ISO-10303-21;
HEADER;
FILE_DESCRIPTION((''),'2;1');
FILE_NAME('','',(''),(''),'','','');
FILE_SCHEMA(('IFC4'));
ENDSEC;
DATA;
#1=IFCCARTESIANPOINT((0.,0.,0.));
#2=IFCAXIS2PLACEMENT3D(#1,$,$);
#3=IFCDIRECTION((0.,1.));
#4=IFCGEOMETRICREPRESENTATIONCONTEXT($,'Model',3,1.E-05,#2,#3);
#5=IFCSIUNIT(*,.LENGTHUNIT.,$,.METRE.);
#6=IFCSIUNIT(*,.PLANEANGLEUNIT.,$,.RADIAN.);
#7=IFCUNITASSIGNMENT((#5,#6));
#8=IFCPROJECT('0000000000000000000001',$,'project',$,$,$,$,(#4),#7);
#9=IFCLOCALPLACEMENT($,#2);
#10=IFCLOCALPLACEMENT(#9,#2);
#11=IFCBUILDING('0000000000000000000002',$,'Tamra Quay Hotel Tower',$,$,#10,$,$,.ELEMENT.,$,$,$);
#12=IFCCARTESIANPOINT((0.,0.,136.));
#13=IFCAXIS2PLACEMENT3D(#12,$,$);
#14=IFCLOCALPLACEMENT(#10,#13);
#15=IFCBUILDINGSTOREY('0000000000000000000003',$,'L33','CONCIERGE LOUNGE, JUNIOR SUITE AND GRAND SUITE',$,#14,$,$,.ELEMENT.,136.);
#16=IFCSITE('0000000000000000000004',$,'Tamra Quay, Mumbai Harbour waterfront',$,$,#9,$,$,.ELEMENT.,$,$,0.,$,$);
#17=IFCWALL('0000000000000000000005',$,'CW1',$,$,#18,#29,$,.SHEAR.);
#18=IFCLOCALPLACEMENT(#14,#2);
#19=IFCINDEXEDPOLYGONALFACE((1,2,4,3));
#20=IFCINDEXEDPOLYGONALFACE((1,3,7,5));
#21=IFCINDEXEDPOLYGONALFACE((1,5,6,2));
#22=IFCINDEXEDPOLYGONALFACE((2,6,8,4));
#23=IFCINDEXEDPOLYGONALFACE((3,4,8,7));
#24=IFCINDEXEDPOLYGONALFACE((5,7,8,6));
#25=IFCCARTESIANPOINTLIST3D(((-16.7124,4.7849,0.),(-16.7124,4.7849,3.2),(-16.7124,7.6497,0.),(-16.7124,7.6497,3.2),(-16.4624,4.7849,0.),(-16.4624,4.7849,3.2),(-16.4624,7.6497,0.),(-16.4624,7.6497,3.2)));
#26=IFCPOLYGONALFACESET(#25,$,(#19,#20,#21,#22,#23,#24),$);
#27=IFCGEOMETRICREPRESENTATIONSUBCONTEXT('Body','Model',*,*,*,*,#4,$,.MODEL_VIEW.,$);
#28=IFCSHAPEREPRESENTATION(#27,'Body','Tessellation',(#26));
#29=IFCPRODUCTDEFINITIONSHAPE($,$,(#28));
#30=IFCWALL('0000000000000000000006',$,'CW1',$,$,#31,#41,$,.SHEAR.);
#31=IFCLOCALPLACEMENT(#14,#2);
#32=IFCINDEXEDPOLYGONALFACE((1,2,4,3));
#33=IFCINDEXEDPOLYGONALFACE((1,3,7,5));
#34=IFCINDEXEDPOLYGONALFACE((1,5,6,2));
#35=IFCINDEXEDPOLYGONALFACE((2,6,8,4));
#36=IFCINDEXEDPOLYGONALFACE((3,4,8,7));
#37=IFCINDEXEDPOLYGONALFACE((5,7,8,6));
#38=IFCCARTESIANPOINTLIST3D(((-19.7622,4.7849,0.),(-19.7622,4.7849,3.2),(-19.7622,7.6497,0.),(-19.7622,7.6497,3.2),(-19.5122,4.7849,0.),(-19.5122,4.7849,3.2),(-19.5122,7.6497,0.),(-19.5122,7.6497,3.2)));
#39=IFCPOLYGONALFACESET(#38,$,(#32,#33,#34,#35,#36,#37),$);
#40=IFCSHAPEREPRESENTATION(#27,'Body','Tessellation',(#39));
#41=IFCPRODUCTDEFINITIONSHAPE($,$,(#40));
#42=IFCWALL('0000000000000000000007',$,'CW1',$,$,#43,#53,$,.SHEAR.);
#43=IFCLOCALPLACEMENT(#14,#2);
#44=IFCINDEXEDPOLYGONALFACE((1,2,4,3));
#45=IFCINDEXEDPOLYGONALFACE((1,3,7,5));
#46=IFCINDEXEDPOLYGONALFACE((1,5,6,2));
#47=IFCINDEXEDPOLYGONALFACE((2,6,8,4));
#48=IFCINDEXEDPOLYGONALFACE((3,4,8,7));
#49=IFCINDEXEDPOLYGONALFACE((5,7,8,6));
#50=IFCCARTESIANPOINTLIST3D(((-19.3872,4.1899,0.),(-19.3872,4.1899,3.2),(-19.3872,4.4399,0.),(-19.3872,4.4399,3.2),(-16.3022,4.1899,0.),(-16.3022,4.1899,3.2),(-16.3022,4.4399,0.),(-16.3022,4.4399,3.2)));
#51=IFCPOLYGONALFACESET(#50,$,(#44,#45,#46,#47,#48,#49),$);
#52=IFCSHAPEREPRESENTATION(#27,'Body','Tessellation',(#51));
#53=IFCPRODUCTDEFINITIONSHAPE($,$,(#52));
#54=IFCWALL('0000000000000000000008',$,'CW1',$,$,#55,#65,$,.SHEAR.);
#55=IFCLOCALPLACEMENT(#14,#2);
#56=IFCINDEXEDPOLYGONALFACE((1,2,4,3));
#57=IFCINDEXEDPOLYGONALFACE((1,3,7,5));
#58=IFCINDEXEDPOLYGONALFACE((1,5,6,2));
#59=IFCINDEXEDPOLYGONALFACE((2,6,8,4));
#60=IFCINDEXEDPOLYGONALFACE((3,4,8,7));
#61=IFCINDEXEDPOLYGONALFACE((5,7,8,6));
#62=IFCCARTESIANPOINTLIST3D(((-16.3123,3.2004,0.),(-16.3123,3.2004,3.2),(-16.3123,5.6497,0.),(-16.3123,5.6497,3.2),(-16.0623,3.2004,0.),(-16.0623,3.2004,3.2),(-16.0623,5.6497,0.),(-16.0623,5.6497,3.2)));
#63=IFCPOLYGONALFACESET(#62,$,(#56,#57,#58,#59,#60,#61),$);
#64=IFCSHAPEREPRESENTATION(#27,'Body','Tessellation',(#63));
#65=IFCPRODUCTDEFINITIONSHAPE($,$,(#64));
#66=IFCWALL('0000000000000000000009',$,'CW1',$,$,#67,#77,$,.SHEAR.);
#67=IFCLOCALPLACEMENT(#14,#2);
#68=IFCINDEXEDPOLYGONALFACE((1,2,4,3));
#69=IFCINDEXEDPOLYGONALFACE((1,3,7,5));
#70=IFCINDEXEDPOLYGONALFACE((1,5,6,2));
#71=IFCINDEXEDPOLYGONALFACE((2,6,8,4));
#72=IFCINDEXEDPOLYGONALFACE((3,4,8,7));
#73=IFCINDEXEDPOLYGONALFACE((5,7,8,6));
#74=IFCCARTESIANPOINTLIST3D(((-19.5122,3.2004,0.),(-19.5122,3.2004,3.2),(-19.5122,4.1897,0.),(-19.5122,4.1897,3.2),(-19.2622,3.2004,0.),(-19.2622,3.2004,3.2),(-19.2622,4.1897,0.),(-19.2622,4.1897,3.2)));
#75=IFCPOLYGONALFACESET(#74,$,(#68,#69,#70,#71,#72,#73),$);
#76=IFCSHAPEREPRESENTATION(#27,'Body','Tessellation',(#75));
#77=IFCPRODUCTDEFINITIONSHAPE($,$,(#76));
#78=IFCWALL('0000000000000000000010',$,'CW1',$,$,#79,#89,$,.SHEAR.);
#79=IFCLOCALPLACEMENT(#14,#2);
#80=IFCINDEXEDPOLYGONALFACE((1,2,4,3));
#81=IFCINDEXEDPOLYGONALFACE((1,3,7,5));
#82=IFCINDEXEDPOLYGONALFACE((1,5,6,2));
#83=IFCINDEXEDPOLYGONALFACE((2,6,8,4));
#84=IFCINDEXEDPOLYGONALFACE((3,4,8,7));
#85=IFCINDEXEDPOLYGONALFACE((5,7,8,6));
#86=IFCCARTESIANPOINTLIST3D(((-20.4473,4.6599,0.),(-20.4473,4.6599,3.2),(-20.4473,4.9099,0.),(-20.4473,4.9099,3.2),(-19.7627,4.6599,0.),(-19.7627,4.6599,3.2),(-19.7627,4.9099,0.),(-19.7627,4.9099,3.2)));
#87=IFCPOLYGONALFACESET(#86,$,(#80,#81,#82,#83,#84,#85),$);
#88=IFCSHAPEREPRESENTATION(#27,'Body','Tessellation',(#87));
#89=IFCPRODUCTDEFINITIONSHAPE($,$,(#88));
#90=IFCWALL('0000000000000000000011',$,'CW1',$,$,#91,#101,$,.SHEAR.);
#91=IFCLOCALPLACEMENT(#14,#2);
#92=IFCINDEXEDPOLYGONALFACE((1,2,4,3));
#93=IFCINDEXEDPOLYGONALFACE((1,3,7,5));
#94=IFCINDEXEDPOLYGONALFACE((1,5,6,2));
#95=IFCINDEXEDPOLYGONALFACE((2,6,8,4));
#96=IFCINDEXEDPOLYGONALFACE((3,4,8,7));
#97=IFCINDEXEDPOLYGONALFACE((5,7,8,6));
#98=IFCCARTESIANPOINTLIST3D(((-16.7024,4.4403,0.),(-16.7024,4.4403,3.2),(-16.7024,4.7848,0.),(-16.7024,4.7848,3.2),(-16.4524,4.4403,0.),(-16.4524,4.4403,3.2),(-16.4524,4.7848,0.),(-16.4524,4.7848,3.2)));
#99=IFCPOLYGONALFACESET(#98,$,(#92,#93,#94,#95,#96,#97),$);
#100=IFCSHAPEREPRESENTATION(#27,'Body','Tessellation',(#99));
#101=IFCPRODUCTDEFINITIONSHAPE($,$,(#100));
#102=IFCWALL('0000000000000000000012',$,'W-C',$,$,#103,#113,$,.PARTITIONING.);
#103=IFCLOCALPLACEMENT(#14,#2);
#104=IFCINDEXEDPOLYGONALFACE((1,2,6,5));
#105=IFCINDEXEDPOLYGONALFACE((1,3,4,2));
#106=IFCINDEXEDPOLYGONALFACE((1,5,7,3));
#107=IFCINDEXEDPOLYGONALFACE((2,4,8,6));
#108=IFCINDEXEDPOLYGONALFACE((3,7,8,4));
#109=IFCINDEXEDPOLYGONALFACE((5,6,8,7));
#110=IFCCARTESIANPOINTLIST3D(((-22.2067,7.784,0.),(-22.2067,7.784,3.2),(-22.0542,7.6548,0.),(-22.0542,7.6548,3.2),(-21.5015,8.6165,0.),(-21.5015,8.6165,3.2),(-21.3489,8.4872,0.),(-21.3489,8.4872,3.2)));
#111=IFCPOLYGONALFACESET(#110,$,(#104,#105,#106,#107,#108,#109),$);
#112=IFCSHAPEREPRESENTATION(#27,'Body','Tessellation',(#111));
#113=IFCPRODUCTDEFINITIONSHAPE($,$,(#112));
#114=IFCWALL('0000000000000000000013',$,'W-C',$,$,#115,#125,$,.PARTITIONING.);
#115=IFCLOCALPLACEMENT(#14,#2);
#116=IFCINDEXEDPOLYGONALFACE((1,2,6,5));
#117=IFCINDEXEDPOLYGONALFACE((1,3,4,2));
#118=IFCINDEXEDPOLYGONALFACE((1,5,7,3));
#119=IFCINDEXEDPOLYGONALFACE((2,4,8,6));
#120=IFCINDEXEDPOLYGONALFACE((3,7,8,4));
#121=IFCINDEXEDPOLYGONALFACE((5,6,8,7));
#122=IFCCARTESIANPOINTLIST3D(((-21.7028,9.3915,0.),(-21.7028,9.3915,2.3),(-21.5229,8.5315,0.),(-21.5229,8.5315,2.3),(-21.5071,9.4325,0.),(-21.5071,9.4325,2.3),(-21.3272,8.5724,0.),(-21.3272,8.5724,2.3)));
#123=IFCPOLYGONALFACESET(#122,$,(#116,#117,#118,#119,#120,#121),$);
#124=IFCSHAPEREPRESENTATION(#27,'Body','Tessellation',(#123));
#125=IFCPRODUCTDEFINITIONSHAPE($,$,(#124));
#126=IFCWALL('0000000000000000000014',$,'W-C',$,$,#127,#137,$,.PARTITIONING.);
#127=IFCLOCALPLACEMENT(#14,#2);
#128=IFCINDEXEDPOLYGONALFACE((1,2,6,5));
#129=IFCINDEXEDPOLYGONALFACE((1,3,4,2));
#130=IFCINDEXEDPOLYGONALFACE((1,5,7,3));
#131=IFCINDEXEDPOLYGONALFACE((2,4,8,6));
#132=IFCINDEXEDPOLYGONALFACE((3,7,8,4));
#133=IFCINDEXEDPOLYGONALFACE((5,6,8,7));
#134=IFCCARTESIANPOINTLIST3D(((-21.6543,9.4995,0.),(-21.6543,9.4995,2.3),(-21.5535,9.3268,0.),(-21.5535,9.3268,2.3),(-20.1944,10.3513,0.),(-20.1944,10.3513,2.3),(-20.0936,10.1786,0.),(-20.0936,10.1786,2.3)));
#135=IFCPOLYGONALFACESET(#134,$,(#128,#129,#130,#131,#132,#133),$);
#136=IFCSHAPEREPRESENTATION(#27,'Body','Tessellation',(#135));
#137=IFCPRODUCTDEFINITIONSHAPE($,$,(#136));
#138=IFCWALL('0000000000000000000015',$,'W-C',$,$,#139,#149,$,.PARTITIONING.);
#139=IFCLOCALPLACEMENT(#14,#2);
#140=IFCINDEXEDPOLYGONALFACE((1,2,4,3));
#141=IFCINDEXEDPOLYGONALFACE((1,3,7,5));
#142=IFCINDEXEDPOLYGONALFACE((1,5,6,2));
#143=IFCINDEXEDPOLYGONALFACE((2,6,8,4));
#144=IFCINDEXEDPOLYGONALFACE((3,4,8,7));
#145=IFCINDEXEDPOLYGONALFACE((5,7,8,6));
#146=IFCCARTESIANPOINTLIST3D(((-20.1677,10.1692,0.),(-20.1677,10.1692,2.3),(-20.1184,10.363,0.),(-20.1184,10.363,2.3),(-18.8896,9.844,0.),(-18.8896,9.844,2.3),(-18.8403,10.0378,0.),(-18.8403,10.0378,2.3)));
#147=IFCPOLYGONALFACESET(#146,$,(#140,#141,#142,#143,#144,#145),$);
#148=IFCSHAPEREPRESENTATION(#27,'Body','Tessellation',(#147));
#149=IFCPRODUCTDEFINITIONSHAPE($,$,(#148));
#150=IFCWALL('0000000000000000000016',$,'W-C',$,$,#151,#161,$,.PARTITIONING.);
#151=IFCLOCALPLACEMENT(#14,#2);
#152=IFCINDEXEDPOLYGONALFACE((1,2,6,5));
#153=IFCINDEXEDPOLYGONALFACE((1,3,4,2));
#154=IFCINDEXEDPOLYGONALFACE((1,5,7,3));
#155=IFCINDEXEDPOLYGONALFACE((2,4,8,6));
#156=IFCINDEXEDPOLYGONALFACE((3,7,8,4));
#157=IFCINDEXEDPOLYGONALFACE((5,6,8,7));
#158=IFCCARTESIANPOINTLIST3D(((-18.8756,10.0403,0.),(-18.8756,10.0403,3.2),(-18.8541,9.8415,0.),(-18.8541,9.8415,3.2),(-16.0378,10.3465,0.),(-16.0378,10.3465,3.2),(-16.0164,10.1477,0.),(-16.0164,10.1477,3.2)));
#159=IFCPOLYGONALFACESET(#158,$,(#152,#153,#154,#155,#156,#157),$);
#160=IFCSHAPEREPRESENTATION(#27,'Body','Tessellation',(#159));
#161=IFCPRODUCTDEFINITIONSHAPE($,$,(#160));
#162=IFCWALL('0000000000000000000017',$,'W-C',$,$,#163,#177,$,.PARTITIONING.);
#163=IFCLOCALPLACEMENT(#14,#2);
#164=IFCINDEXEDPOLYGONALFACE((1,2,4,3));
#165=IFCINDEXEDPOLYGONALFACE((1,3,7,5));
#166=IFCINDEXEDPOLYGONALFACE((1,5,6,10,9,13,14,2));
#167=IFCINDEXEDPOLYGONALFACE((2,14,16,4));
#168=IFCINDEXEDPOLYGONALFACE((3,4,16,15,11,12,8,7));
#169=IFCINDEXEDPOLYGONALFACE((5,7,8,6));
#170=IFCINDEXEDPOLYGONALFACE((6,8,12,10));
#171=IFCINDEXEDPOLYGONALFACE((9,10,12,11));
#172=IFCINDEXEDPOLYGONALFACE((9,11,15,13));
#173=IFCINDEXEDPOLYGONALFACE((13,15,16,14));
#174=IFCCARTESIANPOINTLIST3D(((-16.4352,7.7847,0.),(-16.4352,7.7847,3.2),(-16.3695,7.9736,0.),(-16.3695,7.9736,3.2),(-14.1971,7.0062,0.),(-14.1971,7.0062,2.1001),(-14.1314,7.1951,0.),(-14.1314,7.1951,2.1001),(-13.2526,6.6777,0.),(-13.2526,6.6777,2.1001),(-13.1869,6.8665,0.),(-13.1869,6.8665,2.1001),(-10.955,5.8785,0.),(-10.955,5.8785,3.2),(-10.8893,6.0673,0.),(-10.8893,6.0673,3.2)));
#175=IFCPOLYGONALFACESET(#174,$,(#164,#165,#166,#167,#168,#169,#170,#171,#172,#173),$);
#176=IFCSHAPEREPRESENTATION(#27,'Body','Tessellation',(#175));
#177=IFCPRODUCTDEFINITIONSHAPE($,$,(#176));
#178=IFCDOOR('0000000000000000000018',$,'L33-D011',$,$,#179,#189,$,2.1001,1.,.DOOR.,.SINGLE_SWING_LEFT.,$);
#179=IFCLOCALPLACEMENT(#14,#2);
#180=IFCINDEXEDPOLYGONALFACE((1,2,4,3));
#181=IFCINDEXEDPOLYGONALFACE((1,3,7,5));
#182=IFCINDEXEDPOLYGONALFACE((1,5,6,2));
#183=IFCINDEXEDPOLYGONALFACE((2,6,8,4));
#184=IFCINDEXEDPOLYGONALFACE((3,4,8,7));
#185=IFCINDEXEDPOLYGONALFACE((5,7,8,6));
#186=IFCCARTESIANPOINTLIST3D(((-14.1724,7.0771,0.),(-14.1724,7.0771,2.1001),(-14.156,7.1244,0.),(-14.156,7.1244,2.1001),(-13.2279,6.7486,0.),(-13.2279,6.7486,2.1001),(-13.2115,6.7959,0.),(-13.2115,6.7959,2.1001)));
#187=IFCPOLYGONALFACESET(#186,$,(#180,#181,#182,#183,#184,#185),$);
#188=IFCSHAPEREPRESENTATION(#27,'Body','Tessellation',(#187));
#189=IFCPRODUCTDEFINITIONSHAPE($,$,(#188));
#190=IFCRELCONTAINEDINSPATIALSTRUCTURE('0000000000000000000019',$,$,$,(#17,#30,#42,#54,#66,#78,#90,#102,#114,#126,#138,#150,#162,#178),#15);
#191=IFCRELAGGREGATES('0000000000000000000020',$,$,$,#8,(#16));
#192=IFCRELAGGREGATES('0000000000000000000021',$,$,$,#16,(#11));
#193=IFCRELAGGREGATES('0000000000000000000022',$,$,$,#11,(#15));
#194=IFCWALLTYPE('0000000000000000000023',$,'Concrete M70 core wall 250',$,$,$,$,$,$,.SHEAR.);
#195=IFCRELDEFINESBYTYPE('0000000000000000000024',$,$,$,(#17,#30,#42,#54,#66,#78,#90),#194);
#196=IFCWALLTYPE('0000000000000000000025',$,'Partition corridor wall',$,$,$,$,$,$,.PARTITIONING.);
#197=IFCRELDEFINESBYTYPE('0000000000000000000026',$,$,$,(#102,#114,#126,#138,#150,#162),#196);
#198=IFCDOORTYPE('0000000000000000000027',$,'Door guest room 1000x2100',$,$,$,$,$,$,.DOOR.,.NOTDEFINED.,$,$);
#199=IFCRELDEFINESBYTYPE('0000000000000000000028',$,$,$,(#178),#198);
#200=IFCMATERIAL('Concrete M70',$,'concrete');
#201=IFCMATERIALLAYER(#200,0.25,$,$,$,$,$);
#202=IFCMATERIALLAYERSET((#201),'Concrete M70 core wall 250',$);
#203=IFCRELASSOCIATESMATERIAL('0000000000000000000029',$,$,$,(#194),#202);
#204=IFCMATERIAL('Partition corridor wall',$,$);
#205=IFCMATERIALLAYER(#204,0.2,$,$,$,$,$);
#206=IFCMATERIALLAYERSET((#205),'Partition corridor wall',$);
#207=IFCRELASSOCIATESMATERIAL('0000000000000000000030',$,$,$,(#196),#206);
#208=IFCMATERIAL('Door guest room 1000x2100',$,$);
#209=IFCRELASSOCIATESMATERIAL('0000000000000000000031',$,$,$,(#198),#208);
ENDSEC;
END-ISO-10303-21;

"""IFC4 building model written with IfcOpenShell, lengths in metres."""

from ifc_helpers import new_model, si_unit, direction, frame, frame_2d, origin, place, context, subcontext, project, spatial, rectangle, extrude, material, layer, layer_set, type_object, element, fill, save


model = new_model("IFC4")

# Units and contexts
model_context = context("Model", 3, precision=1e-05, world=origin(), true_north=direction((0.0, 1.0)))
body_context = subcontext(model_context, "Body", "Model", "MODEL_VIEW")
ifc_project = project(units=[si_unit("LENGTHUNIT", "METRE"), si_unit("PLANEANGLEUNIT", "RADIAN")], contexts=[model_context])

# Site, building, storey
site_placement = place(None, origin())
site = spatial("IfcSite", under=ifc_project, at=site_placement, Name="Tamra Quay, Mumbai Harbour waterfront", CompositionType="ELEMENT", RefElevation=0.0)
building_placement = place(site_placement, origin())
building = spatial("IfcBuilding", under=site, at=building_placement, Name="Tamra Quay Hotel Tower", CompositionType="ELEMENT")
storey_placement = place(building_placement, frame((0.0, 0.0, 136.0)))
storey = spatial("IfcBuildingStorey", under=building, at=storey_placement, Name="L33", Description="CONCIERGE LOUNGE, JUNIOR SUITE AND GRAND SUITE", CompositionType="ELEMENT", Elevation=136.0)

# Shared definitions
ifc_material_1 = material(Name="Concrete M70", Category="concrete")

# Walls
ifc_layer_1 = layer(ifc_material_1, 0.25)
ifc_layer_set_1 = layer_set([ifc_layer_1], Name="Concrete M70 core wall 250")
wall_type_1 = type_object("IfcWallType", Name="Concrete M70 core wall 250", PredefinedType="SHEAR", material=ifc_layer_set_1)
for number, where, z_axis, x_axis, name in (
    (1, (-16.5874, 7.6497, 0.0), (0.0, 0.0, 1.0), (0.0, -1.0, 0.0), "CW1"),
    (2, (-19.6372, 4.7849, 0.0), (0.0, 0.0, 1.0), (0.0, 1.0, 0.0), "CW1"),
):
    element("IfcWall", number, at=place(storey_placement, frame(where, z_axis=z_axis, x_axis=x_axis)), inside=storey, type_object=wall_type_1, Name=name, PredefinedType="SHEAR", context=body_context, shape_type="SweptSolid", body=[
        extrude(rectangle(XDim=2.8647, YDim=0.25, at=frame_2d((1.4324, 0.0))), origin(), (0.0, 0.0, 1.0), 3.2),
    ])
wall_1_placement = place(storey_placement, frame((-16.3022, 4.3149, 0.0), z_axis=(0.0, 0.0, 1.0), x_axis=(-1.0, 0.0, 0.0)))
element("IfcWall", 3, at=wall_1_placement, inside=storey, type_object=wall_type_1, Name="CW1", PredefinedType="SHEAR", context=body_context, shape_type="SweptSolid", body=[
    extrude(rectangle(XDim=3.085, YDim=0.25, at=frame_2d((1.5425, 0.0))), origin(), (0.0, 0.0, 1.0), 3.2),
])
wall_2_placement = place(storey_placement, frame((-16.1873, 3.2004, 0.0), z_axis=(0.0, 0.0, 1.0), x_axis=(0.0, 1.0, 0.0)))
element("IfcWall", 4, at=wall_2_placement, inside=storey, type_object=wall_type_1, Name="CW1", PredefinedType="SHEAR", context=body_context, shape_type="SweptSolid", body=[
    extrude(rectangle(XDim=2.4492, YDim=0.25, at=frame_2d((1.2246, 0.0))), origin(), (0.0, 0.0, 1.0), 3.2),
])
wall_3_placement = place(storey_placement, frame((-19.3872, 4.1897, 0.0), z_axis=(0.0, 0.0, 1.0), x_axis=(0.0, -1.0, 0.0)))
element("IfcWall", 5, at=wall_3_placement, inside=storey, type_object=wall_type_1, Name="CW1", PredefinedType="SHEAR", context=body_context, shape_type="SweptSolid", body=[
    extrude(rectangle(XDim=0.9893, YDim=0.25, at=frame_2d((0.4946, 0.0))), origin(), (0.0, 0.0, 1.0), 3.2),
])
wall_4_placement = place(storey_placement, frame((-20.4473, 4.7849, 0.0), z_axis=(0.0, 0.0, 1.0), x_axis=(1.0, 0.0, 0.0)))
element("IfcWall", 6, at=wall_4_placement, inside=storey, type_object=wall_type_1, Name="CW1", PredefinedType="SHEAR", context=body_context, shape_type="SweptSolid", body=[
    extrude(rectangle(XDim=0.6846, YDim=0.25, at=frame_2d((0.3423, 0.0))), origin(), (0.0, 0.0, 1.0), 3.2),
])
wall_5_placement = place(storey_placement, frame((-16.5774, 4.7849, 0.0), z_axis=(0.0, 0.0, 1.0), x_axis=(0.0, -1.0, 0.0)))
element("IfcWall", 7, at=wall_5_placement, inside=storey, type_object=wall_type_1, Name="CW1", PredefinedType="SHEAR", context=body_context, shape_type="SweptSolid", body=[
    extrude(rectangle(XDim=0.3445, YDim=0.25, at=frame_2d((0.1724, 0.0))), origin(), (0.0, 0.0, 1.0), 3.2),
])
ifc_material_2 = material(Name="Partition corridor wall")
ifc_layer_2 = layer(ifc_material_2, 0.2)
ifc_layer_set_2 = layer_set([ifc_layer_2], Name="Partition corridor wall")
wall_type_2 = type_object("IfcWallType", Name="Partition corridor wall", PredefinedType="PARTITIONING", material=ifc_layer_set_2)
wall_6_placement = place(storey_placement, frame((-22.1304, 7.7195, 0.0), z_axis=(0.0, 0.0, 1.0), x_axis=(0.646414, 0.762987, 0.0)))
element("IfcWall", 8, at=wall_6_placement, inside=storey, type_object=wall_type_2, Name="W-C", PredefinedType="PARTITIONING", context=body_context, shape_type="SweptSolid", body=[
    extrude(rectangle(XDim=1.0911, YDim=0.2, at=frame_2d((0.5454, 0.0))), origin(), (0.0, 0.0, 1.0), 3.2),
])
wall_7_placement = place(storey_placement, frame((-21.605, 9.4121, 0.0), z_axis=(0.0, 0.0, 1.0), x_axis=(0.204764, -0.978811, 0.0)))
element("IfcWall", 9, at=wall_7_placement, inside=storey, type_object=wall_type_2, Name="W-C", PredefinedType="PARTITIONING", context=body_context, shape_type="SweptSolid", body=[
    extrude(rectangle(XDim=0.8787, YDim=0.2, at=frame_2d((0.4395, 0.0))), origin(), (0.0, 0.0, 1.0), 2.3),
])
wall_8_placement = place(storey_placement, frame((-21.604, 9.4131, 0.0), z_axis=(0.0, 0.0, 1.0), x_axis=(0.863737, 0.503943, 0.0)))
element("IfcWall", 10, at=wall_8_placement, inside=storey, type_object=wall_type_2, Name="W-C", PredefinedType="PARTITIONING", context=body_context, shape_type="SweptSolid", body=[
    extrude(rectangle(XDim=1.6902, YDim=0.2, at=frame_2d((0.8452, 0.0))), origin(), (0.0, 0.0, 1.0), 2.3),
])
wall_9_placement = place(storey_placement, frame((-20.1431, 10.2661, 0.0), z_axis=(0.0, 0.0, 1.0), x_axis=(0.969121, -0.246584, 0.0)))
element("IfcWall", 11, at=wall_9_placement, inside=storey, type_object=wall_type_2, Name="W-C", PredefinedType="PARTITIONING", context=body_context, shape_type="SweptSolid", body=[
    extrude(rectangle(XDim=1.3188, YDim=0.2, at=frame_2d((0.6594, 0.0))), origin(), (0.0, 0.0, 1.0), 2.3),
])
wall_10_placement = place(storey_placement, frame((-18.865, 9.9409, 0.0), z_axis=(0.0, 0.0, 1.0), x_axis=(0.994231, 0.107258, 0.0)))
element("IfcWall", 12, at=wall_10_placement, inside=storey, type_object=wall_type_2, Name="W-C", PredefinedType="PARTITIONING", context=body_context, shape_type="SweptSolid", body=[
    extrude(rectangle(XDim=2.8542, YDim=0.2, at=frame_2d((1.4272, 0.0))), origin(), (0.0, 0.0, 1.0), 3.2),
])

# Wall, opening, door
wall_11_placement = place(storey_placement, frame((-16.4023, 7.8792, 0.0), z_axis=(0.0, 0.0, 1.0), x_axis=(0.944492, -0.328534, 0.0)))
wall_11 = element("IfcWall", 13, at=wall_11_placement, inside=storey, type_object=wall_type_2, Name="W-C", PredefinedType="PARTITIONING", context=body_context, shape_type="SweptSolid", body=[
    extrude(rectangle(XDim=5.8022, YDim=0.2, at=frame_2d((2.9011, 0.0))), origin(), (0.0, 0.0, 1.0), 3.2),
])
opening_1_placement = place(wall_11_placement, frame((2.3696, 0.0, 0.0)))
opening_1 = element("IfcOpeningElement", 14, at=opening_1_placement, cuts=wall_11, PredefinedType="OPENING", context=body_context, shape_type="SweptSolid", body=[
    extrude(rectangle(XDim=1.0, YDim=2.1001, at=frame_2d((0.5, 1.05))), frame((0.0, 0.1099, 0.0), z_axis=(0.0, -1.0, 0.0), x_axis=(1.0, 0.0, 0.0)), (0.0, 0.0, 1.0), 0.22),
])
ifc_material_3 = material(Name="Door guest room 1000x2100")
door_type_1 = type_object("IfcDoorType", Name="Door guest room 1000x2100", OperationType="NOTDEFINED", PredefinedType="DOOR", material=ifc_material_3)
door_1_placement = place(opening_1_placement, frame((1.0, 0.0, 0.0), z_axis=(0.0, 0.0, 1.0), x_axis=(-1.0, 0.0, 0.0)))
door_1 = element("IfcDoor", 15, at=door_1_placement, inside=storey, type_object=door_type_1, Name="L33-D011", OperationType="SINGLE_SWING_LEFT", OverallHeight=2.1001, OverallWidth=1.0, PredefinedType="DOOR", context=body_context, shape_type="SweptSolid", body=[
    extrude(rectangle(XDim=1.0, YDim=2.1001, at=frame_2d((0.5, 1.05))), frame((0.0, 0.0249, 0.0), z_axis=(0.0, -1.0, 0.0), x_axis=(1.0, 0.0, 0.0)), (0.0, 0.0, 1.0), 0.05),
])
fill(opening_1, door_1)

save(model, "model.ifc")
